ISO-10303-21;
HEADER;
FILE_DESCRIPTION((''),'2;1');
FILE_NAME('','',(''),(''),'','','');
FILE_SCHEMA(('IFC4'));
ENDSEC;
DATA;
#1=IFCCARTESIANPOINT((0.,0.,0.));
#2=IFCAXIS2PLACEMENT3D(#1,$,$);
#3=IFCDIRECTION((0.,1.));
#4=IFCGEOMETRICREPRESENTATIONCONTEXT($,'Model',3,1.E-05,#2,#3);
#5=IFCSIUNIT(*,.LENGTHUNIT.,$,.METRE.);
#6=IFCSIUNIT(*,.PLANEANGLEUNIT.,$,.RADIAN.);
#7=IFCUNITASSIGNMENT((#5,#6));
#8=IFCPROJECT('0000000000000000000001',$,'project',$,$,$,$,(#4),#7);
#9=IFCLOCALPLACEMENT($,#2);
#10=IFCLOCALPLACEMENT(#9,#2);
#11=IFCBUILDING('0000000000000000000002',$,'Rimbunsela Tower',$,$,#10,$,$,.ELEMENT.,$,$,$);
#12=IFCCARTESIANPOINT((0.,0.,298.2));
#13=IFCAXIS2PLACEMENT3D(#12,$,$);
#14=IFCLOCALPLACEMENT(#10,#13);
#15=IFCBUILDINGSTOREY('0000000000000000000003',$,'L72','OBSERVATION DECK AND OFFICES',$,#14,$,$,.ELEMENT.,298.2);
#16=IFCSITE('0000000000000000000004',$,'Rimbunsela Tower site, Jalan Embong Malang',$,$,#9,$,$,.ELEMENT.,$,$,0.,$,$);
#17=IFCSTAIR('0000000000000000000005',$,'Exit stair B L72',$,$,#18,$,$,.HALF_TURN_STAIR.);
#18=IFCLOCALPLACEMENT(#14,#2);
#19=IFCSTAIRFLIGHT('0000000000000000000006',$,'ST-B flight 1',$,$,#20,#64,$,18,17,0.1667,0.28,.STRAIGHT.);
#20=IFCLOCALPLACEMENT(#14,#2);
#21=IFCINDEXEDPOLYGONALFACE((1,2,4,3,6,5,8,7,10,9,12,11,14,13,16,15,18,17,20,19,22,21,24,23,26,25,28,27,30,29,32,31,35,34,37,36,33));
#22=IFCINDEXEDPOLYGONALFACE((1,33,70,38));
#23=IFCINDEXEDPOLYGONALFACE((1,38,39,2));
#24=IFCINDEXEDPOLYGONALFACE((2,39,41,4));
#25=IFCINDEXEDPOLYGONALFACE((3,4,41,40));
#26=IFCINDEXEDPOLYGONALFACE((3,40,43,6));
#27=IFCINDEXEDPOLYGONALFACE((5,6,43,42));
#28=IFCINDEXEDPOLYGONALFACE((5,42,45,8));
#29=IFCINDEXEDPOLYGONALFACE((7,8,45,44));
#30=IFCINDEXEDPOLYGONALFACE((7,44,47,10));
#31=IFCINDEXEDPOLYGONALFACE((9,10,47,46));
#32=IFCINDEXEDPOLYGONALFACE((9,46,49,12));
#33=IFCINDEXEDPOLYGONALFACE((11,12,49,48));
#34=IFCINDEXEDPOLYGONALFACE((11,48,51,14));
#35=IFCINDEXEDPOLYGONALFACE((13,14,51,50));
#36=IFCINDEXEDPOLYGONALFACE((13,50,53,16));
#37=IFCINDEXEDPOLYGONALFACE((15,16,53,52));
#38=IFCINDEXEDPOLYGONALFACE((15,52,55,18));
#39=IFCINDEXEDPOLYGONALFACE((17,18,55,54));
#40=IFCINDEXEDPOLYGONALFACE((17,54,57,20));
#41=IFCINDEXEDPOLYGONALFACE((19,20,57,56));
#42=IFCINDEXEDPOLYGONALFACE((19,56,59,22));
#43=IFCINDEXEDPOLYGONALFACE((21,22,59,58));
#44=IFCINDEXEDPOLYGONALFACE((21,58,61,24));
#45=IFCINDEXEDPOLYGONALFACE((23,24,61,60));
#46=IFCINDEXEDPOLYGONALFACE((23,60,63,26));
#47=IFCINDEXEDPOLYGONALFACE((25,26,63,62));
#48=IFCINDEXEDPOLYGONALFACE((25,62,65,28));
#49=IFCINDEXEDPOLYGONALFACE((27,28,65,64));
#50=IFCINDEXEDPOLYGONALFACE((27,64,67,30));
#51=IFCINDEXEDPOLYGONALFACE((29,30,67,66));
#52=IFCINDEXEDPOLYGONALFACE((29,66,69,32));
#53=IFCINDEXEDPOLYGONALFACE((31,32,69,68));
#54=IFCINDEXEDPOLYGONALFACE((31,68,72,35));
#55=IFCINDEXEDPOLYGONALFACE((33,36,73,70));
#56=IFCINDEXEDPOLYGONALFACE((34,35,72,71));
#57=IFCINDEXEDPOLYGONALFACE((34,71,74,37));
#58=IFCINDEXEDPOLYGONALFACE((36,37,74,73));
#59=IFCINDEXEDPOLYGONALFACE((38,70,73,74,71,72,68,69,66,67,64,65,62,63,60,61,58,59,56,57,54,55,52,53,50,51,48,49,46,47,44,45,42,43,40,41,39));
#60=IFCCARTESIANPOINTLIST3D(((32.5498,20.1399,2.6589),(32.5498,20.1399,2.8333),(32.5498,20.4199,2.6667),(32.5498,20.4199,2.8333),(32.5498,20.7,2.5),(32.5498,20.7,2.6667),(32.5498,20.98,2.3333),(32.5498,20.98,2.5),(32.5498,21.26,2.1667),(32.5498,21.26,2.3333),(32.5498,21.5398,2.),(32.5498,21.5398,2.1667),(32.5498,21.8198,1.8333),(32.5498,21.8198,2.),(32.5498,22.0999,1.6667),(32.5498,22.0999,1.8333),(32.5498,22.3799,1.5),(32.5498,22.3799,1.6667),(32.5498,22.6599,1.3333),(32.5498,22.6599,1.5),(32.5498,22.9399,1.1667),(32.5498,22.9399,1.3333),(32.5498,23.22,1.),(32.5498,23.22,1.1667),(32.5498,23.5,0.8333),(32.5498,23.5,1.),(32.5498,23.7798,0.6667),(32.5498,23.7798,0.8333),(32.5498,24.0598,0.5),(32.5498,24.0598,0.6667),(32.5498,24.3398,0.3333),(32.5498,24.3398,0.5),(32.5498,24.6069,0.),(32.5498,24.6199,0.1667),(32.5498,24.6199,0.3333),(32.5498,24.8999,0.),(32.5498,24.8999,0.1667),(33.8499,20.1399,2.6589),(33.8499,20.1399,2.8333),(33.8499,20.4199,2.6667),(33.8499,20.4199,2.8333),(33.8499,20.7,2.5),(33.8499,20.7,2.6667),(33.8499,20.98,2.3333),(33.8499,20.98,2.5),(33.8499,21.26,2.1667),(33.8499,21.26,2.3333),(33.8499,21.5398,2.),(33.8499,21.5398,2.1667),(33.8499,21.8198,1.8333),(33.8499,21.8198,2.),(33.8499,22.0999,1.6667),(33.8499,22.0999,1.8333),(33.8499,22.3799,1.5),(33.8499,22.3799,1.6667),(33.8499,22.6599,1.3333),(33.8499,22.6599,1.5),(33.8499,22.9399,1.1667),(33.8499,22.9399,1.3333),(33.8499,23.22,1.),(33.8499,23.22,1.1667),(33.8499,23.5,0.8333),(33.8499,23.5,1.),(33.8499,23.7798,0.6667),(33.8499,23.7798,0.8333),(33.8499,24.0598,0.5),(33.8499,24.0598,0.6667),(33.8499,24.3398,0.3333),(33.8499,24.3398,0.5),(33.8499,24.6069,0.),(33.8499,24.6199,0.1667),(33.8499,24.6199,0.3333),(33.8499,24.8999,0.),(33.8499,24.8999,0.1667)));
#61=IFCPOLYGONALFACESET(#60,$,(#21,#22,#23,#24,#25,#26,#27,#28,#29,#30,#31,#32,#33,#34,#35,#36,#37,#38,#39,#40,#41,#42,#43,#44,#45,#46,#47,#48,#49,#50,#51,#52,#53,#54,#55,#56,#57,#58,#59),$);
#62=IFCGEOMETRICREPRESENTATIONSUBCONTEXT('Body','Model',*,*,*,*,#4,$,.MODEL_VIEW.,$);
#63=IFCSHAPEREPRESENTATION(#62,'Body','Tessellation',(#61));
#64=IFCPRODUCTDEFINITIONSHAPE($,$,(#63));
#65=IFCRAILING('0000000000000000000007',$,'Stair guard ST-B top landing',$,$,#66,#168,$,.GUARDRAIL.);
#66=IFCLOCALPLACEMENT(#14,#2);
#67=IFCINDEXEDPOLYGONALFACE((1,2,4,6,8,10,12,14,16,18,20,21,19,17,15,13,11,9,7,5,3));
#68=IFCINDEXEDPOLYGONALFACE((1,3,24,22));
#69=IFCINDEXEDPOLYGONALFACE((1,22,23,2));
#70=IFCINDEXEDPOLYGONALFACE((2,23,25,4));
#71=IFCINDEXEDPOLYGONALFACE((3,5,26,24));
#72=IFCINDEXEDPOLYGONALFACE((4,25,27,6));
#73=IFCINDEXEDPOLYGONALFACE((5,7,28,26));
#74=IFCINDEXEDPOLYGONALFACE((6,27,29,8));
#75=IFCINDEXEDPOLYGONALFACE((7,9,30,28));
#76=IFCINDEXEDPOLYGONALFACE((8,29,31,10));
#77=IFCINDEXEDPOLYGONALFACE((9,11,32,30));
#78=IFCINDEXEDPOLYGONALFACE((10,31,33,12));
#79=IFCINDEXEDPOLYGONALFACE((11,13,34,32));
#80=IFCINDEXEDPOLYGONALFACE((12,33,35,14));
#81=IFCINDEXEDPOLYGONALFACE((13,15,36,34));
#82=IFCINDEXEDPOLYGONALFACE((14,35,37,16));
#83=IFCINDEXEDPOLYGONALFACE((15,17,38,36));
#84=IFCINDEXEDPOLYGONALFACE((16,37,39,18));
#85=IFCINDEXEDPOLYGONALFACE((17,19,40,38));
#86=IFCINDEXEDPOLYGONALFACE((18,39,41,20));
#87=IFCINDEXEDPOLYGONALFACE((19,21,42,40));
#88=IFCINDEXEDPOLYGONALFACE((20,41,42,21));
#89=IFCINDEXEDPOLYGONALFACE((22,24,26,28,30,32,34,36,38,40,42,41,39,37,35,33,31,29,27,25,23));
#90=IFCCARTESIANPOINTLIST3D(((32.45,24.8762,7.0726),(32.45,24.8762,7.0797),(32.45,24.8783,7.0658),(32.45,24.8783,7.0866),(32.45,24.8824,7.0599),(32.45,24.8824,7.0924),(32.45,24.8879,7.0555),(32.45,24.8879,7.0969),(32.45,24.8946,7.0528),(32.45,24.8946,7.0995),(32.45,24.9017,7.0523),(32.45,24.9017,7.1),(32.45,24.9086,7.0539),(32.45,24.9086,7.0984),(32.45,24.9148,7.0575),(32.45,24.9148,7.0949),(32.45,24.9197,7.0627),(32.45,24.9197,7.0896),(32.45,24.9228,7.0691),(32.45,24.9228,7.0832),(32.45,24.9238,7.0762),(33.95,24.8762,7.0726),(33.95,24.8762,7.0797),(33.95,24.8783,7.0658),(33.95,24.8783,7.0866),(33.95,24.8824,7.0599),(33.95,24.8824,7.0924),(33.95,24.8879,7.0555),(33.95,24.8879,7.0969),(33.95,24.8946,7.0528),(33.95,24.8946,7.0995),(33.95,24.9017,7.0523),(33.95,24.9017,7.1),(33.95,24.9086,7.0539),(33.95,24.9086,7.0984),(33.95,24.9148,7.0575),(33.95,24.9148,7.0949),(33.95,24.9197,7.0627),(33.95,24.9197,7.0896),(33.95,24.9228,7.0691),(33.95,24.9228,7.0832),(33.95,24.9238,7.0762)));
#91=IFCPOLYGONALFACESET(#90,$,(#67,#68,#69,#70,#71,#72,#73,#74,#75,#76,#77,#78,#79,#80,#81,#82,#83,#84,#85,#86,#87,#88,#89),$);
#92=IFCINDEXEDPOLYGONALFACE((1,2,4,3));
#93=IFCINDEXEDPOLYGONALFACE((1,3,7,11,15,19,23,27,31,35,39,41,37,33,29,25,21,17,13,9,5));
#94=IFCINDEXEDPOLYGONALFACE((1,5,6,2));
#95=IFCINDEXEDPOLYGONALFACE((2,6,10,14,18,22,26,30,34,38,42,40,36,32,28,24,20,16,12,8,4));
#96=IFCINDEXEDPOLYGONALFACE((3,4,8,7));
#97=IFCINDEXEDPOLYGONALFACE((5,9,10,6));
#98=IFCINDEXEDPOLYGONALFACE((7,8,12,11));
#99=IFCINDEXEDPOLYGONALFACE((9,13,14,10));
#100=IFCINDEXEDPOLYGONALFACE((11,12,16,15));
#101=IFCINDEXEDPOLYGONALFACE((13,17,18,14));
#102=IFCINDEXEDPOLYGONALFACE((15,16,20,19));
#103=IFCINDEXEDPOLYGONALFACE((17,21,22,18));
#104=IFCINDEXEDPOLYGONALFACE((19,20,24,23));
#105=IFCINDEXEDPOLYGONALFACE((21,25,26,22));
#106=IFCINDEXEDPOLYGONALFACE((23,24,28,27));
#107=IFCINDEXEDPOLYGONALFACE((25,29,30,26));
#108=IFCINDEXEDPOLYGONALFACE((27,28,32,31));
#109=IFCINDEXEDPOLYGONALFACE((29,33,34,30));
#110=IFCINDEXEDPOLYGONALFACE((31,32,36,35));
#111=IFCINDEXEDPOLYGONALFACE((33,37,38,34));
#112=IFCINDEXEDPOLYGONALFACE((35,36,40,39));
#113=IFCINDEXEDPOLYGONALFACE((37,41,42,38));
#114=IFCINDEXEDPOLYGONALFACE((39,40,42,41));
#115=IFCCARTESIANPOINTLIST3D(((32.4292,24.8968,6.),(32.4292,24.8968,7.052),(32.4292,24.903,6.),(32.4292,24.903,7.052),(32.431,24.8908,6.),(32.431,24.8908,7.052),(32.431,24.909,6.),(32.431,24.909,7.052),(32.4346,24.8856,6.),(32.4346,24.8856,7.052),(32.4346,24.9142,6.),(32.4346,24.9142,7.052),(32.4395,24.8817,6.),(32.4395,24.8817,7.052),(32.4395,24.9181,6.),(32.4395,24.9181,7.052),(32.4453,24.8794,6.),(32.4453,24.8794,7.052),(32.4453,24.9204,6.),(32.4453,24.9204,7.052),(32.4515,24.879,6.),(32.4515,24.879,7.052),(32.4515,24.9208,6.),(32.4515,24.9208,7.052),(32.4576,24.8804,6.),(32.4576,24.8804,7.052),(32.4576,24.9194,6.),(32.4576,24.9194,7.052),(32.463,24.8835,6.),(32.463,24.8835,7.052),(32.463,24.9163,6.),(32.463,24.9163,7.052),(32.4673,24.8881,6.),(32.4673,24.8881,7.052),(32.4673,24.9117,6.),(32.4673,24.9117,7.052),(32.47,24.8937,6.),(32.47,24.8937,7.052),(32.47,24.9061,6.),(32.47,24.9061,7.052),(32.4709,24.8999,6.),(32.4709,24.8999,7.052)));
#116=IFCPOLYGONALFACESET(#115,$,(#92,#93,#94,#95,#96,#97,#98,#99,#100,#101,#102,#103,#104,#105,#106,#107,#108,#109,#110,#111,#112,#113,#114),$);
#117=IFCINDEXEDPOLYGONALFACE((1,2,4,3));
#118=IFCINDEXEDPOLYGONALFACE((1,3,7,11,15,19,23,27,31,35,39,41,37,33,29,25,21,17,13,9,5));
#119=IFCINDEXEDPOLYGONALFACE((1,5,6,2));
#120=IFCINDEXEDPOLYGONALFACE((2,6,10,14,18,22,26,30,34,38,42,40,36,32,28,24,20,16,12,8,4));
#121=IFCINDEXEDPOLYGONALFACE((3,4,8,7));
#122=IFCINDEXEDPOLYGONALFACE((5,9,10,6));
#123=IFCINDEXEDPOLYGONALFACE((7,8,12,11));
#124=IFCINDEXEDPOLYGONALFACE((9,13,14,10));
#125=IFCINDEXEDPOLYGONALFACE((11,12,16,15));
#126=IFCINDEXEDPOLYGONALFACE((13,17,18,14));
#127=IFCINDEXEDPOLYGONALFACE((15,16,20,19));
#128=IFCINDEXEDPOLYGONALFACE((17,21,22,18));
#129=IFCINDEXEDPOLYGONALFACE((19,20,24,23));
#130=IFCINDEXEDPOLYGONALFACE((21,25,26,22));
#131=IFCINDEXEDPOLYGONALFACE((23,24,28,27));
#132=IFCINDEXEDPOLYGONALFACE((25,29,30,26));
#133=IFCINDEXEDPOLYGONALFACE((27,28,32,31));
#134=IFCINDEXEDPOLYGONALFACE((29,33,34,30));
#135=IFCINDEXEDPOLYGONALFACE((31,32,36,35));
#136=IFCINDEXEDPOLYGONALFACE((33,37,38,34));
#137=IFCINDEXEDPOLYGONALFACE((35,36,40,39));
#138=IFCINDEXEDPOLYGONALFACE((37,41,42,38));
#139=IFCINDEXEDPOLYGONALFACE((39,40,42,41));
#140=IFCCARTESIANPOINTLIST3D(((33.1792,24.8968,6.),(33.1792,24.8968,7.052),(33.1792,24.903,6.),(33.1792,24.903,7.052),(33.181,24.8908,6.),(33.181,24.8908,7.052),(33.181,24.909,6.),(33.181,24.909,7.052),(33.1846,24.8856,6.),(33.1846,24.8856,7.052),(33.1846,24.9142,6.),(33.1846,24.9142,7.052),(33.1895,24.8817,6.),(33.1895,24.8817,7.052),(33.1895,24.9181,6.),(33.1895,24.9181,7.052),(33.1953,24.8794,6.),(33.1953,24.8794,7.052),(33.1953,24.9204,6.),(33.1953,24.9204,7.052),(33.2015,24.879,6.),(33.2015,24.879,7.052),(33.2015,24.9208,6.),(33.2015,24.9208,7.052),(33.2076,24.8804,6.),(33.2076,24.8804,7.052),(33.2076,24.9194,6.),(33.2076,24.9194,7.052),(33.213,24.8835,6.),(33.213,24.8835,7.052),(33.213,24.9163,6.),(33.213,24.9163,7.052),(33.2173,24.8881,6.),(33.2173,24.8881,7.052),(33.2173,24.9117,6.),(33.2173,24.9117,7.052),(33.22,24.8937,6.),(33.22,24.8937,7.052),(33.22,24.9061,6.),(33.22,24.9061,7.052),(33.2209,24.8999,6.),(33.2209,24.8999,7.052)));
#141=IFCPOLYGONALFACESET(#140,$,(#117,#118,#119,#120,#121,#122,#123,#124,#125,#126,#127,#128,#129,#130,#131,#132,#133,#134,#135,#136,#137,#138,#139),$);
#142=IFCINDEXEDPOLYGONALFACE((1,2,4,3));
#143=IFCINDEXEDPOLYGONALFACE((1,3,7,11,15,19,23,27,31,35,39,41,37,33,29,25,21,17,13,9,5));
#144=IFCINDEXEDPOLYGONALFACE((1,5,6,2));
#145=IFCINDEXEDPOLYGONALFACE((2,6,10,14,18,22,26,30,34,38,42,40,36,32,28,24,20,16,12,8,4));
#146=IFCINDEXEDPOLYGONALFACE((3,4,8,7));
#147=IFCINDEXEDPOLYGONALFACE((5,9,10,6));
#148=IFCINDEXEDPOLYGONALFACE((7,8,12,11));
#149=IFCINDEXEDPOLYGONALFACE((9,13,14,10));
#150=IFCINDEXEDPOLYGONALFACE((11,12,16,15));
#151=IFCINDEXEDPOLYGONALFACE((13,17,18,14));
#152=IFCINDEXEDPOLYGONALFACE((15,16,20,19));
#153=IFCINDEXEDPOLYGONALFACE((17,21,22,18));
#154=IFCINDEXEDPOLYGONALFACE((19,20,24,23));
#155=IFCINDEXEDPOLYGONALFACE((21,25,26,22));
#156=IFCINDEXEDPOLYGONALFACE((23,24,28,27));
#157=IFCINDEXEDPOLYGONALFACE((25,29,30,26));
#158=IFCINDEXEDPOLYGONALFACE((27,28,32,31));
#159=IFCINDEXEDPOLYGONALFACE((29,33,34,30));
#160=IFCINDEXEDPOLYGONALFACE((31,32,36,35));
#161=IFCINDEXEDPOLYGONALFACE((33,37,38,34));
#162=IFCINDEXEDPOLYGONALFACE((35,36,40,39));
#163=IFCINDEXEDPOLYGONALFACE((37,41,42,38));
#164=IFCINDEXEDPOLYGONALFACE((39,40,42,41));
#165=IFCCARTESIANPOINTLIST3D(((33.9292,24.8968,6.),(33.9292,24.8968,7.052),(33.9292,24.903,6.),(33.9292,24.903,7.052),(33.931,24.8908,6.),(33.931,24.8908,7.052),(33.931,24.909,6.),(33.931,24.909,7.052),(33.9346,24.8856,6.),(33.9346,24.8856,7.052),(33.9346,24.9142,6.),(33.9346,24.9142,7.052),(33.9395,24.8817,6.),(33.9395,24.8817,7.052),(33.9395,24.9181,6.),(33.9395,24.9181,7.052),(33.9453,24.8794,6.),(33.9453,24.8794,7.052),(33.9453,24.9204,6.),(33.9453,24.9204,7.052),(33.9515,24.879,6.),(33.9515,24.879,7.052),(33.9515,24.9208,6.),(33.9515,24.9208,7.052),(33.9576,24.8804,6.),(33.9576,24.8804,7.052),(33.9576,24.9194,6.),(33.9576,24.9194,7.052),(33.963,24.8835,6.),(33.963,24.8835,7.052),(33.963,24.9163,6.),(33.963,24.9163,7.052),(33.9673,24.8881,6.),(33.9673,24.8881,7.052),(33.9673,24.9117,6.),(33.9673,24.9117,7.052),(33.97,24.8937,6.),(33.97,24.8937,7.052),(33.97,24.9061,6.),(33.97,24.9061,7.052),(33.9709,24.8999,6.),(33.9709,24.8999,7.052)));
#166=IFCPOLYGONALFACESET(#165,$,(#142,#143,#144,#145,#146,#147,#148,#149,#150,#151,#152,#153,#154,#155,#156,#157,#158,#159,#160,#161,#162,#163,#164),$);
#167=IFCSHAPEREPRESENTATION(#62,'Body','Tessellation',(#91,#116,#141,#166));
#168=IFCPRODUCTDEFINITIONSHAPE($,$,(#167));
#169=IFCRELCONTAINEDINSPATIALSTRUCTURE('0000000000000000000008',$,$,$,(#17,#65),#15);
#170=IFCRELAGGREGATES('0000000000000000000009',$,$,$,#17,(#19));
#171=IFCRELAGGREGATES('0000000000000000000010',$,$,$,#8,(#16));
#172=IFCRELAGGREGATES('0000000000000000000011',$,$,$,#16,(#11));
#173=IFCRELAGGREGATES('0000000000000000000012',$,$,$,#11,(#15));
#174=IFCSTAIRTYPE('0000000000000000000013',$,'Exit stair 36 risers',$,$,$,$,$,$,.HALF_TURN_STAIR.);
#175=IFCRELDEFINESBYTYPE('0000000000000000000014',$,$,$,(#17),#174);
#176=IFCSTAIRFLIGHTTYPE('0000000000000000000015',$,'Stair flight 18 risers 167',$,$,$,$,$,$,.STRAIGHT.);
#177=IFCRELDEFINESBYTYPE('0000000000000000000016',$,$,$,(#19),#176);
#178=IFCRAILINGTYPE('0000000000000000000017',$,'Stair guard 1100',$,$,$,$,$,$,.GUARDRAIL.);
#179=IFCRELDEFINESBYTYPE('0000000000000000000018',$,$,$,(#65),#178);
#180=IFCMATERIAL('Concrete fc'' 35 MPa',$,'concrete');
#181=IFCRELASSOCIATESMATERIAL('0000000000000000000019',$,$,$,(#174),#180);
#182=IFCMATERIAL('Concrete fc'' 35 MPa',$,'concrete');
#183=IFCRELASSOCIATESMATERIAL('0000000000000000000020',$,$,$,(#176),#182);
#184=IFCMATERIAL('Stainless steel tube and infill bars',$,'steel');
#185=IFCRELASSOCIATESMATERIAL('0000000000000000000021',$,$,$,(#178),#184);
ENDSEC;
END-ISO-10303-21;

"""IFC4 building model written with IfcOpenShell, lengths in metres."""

from ifc_helpers import new_model, si_unit, direction, frame, origin, origin_2d, place, context, subcontext, project, spatial, polyline, circle, outline, extrude, material, type_object, element, aggregate, save


model = new_model("IFC4")

# Units and contexts
model_context = context("Model", 3, precision=1e-05, world=origin(), true_north=direction((0.0, 1.0)))
body_context = subcontext(model_context, "Body", "Model", "MODEL_VIEW")
ifc_project = project(units=[si_unit("LENGTHUNIT", "METRE"), si_unit("PLANEANGLEUNIT", "RADIAN")], contexts=[model_context])

# Site, building, storey
site_placement = place(None, origin())
site = spatial("IfcSite", under=ifc_project, at=site_placement, Name="Rimbunsela Tower site, Jalan Embong Malang", CompositionType="ELEMENT", RefElevation=0.0)
building_placement = place(site_placement, origin())
building = spatial("IfcBuilding", under=site, at=building_placement, Name="Rimbunsela Tower", CompositionType="ELEMENT")
storey_placement = place(building_placement, frame((0.0, 0.0, 298.2)))
storey = spatial("IfcBuildingStorey", under=building, at=storey_placement, Name="L72", Description="OBSERVATION DECK AND OFFICES", CompositionType="ELEMENT", Elevation=298.2)

# Stair, stair flight
ifc_material_1 = material(Name="Concrete fc' 35 MPa", Category="concrete")
stair_type = type_object("IfcStairType", Name="Exit stair 36 risers", PredefinedType="HALF_TURN_STAIR", material=ifc_material_1)
ifc_material_2 = material(Name="Concrete fc' 35 MPa", Category="concrete")
stair_flight_type = type_object("IfcStairFlightType", Name="Stair flight 18 risers 167", PredefinedType="STRAIGHT", material=ifc_material_2)
stair_1_placement = place(storey_placement, origin())
stair_1 = element("IfcStair", 1, at=stair_1_placement, inside=storey, type_object=stair_type, Name="Exit stair B L72", PredefinedType="HALF_TURN_STAIR")
stair_flight_1_placement = place(storey_placement, frame((33.2, 24.8999, 0.0), z_axis=(0.0, 0.0, 1.0), x_axis=(0.0, -1.0, 0.0)))
stair_flight_1 = element("IfcStairFlight", 2, at=stair_flight_1_placement, type_object=stair_flight_type, Name="ST-B flight 1", NumberOfRisers=18, NumberOfTreads=17, PredefinedType="STRAIGHT", RiserHeight=0.1667, TreadLength=0.28, context=body_context, shape_type="SweptSolid", body=[
    extrude(outline(polyline([(0.0, 0.0), (0.0, 0.1667), (0.28, 0.1667), (0.28, 0.3333), (0.5601, 0.3333), (0.5601, 0.5), (0.8401, 0.5), (0.8401, 0.6667), (1.1201, 0.6667), (1.1201, 0.8333), (1.3999, 0.8333), (1.3999, 1.0), (1.6799, 1.0), (1.6799, 1.1667), (1.96, 1.1667), (1.96, 1.3333), (2.24, 1.3333), (2.24, 1.5), (2.52, 1.5), (2.52, 1.6667), (2.8, 1.6667), (2.8, 1.8333), (3.0801, 1.8333), (3.0801, 2.0), (3.3601, 2.0), (3.3601, 2.1667), (3.6399, 2.1667), (3.6399, 2.3333), (3.9199, 2.3333), (3.9199, 2.5), (4.2, 2.5), (4.2, 2.6667), (4.48, 2.6667), (4.48, 2.8333), (4.76, 2.8333), (4.76, 3.0), (4.76, 2.6589), (0.293, 0.0), (0.0, 0.0)])), frame((0.0, 0.6499, 0.0), z_axis=(0.0, -1.0, 0.0), x_axis=(1.0, 0.0, 0.0)), (0.0, 0.0, 1.0), 1.3),
])
aggregate(stair_1, [stair_flight_1])

# Railing
ifc_material_3 = material(Name="Stainless steel tube and infill bars", Category="steel")
railing_type_1 = type_object("IfcRailingType", Name="Stair guard 1100", PredefinedType="GUARDRAIL", material=ifc_material_3)
railing_placement = place(storey_placement, frame((32.45, 24.8999, 6.0)))
element("IfcRailing", 3, at=railing_placement, inside=storey, type_object=railing_type_1, Name="Stair guard ST-B top landing", PredefinedType="GUARDRAIL", context=body_context, shape_type="SweptSolid", body=[
    extrude(circle(Radius=0.0239, at=origin_2d()), frame((0.0, 0.0, 1.0762), z_axis=(1.0, 0.0, 0.0), x_axis=(0.0, 1.0, 0.0)), (0.0, 0.0, 1.0), 1.5),
    extrude(circle(Radius=0.021, at=origin_2d()), origin(), (0.0, 0.0, 1.0), 1.052),
    extrude(circle(Radius=0.021, at=origin_2d()), frame((0.75, 0.0, 0.0)), (0.0, 0.0, 1.0), 1.052),
    extrude(circle(Radius=0.021, at=origin_2d()), frame((1.5, 0.0, 0.0)), (0.0, 0.0, 1.0), 1.052),
])

save(model, "model.ifc")
